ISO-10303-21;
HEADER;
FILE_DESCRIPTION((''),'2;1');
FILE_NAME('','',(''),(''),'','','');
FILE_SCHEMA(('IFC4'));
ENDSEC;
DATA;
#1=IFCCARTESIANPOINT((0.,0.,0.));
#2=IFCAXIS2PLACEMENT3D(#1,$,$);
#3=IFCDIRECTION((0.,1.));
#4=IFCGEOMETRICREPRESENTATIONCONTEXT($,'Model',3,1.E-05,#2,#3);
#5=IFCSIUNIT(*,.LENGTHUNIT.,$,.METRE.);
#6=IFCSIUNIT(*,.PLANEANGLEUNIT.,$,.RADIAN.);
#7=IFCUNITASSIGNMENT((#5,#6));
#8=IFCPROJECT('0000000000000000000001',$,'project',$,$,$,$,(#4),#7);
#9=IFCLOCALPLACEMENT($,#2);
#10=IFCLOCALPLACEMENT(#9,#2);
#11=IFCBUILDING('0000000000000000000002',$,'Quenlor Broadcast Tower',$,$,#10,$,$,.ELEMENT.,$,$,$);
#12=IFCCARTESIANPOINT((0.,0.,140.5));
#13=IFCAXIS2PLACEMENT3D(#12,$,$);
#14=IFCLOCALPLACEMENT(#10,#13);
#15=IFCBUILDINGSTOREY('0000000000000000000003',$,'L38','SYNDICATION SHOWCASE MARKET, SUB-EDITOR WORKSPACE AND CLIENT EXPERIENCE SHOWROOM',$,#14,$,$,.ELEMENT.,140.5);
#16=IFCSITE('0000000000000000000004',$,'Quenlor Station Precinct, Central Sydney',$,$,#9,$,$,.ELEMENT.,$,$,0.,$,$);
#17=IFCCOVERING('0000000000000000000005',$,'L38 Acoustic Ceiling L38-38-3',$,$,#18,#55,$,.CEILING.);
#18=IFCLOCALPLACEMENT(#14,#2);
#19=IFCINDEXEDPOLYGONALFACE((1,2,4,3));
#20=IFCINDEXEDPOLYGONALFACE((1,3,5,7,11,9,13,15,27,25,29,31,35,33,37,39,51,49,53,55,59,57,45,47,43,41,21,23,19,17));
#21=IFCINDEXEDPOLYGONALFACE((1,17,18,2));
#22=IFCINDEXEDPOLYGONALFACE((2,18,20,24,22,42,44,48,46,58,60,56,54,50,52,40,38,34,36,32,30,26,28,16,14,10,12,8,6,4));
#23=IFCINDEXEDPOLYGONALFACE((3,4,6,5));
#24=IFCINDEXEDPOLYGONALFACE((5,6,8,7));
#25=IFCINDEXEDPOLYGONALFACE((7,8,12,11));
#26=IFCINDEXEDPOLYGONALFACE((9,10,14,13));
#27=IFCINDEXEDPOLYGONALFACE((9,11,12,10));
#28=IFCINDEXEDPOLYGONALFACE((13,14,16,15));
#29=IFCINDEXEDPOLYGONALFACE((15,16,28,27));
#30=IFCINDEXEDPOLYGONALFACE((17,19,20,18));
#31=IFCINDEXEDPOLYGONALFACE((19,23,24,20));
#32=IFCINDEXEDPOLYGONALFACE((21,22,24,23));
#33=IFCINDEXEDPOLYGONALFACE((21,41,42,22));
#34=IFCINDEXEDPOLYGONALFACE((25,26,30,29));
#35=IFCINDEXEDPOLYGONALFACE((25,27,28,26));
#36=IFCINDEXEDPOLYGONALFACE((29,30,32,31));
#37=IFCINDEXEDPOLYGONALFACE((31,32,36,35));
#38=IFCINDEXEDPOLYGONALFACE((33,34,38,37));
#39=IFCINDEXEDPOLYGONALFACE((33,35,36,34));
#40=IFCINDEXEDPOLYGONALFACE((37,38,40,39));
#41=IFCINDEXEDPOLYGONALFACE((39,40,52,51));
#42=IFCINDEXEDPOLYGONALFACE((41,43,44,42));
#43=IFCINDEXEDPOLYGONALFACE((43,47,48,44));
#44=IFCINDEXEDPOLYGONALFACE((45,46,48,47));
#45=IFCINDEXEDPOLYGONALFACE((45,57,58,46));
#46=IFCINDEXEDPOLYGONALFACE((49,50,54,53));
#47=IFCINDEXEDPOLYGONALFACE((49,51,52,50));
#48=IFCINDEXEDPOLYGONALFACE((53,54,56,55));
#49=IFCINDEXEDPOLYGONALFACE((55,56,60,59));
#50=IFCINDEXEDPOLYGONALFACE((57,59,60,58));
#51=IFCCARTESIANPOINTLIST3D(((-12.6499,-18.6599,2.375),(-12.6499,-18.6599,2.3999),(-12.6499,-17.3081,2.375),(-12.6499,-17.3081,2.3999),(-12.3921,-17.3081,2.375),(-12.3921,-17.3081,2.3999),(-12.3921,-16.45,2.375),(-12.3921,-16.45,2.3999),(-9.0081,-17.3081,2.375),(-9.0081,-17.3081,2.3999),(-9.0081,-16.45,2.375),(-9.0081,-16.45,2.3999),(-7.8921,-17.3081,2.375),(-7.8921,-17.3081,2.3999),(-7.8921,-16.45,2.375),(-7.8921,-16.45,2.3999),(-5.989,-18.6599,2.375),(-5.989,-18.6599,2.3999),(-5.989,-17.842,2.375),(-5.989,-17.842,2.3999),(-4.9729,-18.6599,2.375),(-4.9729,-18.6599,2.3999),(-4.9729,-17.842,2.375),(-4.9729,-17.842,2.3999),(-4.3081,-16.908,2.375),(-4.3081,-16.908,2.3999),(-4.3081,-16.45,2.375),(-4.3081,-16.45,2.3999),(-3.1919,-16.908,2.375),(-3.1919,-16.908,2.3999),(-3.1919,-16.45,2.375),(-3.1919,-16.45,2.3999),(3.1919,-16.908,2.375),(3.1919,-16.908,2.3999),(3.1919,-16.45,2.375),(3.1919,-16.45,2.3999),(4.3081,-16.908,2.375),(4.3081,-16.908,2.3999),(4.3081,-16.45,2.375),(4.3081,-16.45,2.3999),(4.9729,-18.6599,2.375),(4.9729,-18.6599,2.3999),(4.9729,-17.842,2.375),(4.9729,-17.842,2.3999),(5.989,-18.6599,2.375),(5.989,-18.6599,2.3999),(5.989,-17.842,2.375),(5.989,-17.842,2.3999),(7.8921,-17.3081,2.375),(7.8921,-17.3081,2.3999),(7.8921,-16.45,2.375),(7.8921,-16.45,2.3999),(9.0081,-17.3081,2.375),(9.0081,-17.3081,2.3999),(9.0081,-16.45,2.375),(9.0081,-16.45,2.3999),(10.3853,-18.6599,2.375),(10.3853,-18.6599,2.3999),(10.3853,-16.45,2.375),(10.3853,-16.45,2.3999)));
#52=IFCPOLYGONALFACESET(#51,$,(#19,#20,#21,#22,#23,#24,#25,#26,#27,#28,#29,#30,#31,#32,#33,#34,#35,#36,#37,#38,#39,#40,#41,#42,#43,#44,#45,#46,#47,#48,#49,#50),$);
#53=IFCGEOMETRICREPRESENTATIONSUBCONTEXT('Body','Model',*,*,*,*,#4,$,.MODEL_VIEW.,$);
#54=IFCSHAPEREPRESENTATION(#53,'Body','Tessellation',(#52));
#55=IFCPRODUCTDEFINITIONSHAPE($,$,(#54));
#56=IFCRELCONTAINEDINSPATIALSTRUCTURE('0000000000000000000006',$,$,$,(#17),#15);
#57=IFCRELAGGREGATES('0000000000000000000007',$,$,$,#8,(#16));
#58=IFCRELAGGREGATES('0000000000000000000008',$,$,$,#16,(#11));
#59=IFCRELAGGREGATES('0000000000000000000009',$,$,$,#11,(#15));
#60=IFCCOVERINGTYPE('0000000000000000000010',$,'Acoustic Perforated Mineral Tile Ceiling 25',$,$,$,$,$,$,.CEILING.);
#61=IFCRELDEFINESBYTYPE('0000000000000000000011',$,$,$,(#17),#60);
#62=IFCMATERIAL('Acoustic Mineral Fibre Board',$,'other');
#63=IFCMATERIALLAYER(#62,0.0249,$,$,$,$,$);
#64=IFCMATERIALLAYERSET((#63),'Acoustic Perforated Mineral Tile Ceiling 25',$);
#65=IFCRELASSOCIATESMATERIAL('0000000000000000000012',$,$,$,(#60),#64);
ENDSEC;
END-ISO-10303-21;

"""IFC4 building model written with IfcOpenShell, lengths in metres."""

from ifc_helpers import new_model, si_unit, direction, frame, origin, place, context, subcontext, project, spatial, polyline, outline, extrude, material, layer, layer_set, type_object, element, save


model = new_model("IFC4")

# Units and contexts
model_context = context("Model", 3, precision=1e-05, world=origin(), true_north=direction((0.0, 1.0)))
body_context = subcontext(model_context, "Body", "Model", "MODEL_VIEW")
ifc_project = project(units=[si_unit("LENGTHUNIT", "METRE"), si_unit("PLANEANGLEUNIT", "RADIAN")], contexts=[model_context])

# Site, building, storey
site_placement = place(None, origin())
site = spatial("IfcSite", under=ifc_project, at=site_placement, Name="Quenlor Station Precinct, Central Sydney", CompositionType="ELEMENT", RefElevation=0.0)
building_placement = place(site_placement, origin())
building = spatial("IfcBuilding", under=site, at=building_placement, Name="Quenlor Broadcast Tower", CompositionType="ELEMENT")
storey_placement = place(building_placement, frame((0.0, 0.0, 140.5)))
storey = spatial("IfcBuildingStorey", under=building, at=storey_placement, Name="L38", Description="SYNDICATION SHOWCASE MARKET, SUB-EDITOR WORKSPACE AND CLIENT EXPERIENCE SHOWROOM", CompositionType="ELEMENT", Elevation=140.5)

# Covering
ifc_material_1 = material(Name="Acoustic Mineral Fibre Board", Category="other")
ifc_layer_1 = layer(ifc_material_1, 0.0249)
ifc_layer_set_1 = layer_set([ifc_layer_1], Name="Acoustic Perforated Mineral Tile Ceiling 25")
covering_type = type_object("IfcCoveringType", Name="Acoustic Perforated Mineral Tile Ceiling 25", PredefinedType="CEILING", material=ifc_layer_set_1)
covering_1_placement = place(storey_placement, frame((0.0, 0.0, 2.375)))
element("IfcCovering", 1, at=covering_1_placement, inside=storey, type_object=covering_type, Name="L38 Acoustic Ceiling L38-38-3", PredefinedType="CEILING", context=body_context, shape_type="SweptSolid", body=[
    extrude(outline(polyline([(-12.3921, -17.3081), (-12.3921, -16.45), (-9.0081, -16.45), (-9.0081, -17.3081), (-7.8921, -17.3081), (-7.8921, -16.45), (-4.3081, -16.45), (-4.3081, -16.908), (-3.1919, -16.908), (-3.1919, -16.45), (3.1919, -16.45), (3.1919, -16.908), (4.3081, -16.908), (4.3081, -16.45), (7.8921, -16.45), (7.8921, -17.3081), (9.0081, -17.3081), (9.0081, -16.45), (10.3853, -16.45), (10.3853, -18.6599), (5.989, -18.6599), (5.989, -17.842), (4.9729, -17.842), (4.9729, -18.6599), (-4.9729, -18.6599), (-4.9729, -17.842), (-5.989, -17.842), (-5.989, -18.6599), (-12.6499, -18.6599), (-12.6499, -17.3081), (-12.3921, -17.3081)])), origin(), (0.0, 0.0, 1.0), 0.0249),
])

save(model, "model.ifc")
